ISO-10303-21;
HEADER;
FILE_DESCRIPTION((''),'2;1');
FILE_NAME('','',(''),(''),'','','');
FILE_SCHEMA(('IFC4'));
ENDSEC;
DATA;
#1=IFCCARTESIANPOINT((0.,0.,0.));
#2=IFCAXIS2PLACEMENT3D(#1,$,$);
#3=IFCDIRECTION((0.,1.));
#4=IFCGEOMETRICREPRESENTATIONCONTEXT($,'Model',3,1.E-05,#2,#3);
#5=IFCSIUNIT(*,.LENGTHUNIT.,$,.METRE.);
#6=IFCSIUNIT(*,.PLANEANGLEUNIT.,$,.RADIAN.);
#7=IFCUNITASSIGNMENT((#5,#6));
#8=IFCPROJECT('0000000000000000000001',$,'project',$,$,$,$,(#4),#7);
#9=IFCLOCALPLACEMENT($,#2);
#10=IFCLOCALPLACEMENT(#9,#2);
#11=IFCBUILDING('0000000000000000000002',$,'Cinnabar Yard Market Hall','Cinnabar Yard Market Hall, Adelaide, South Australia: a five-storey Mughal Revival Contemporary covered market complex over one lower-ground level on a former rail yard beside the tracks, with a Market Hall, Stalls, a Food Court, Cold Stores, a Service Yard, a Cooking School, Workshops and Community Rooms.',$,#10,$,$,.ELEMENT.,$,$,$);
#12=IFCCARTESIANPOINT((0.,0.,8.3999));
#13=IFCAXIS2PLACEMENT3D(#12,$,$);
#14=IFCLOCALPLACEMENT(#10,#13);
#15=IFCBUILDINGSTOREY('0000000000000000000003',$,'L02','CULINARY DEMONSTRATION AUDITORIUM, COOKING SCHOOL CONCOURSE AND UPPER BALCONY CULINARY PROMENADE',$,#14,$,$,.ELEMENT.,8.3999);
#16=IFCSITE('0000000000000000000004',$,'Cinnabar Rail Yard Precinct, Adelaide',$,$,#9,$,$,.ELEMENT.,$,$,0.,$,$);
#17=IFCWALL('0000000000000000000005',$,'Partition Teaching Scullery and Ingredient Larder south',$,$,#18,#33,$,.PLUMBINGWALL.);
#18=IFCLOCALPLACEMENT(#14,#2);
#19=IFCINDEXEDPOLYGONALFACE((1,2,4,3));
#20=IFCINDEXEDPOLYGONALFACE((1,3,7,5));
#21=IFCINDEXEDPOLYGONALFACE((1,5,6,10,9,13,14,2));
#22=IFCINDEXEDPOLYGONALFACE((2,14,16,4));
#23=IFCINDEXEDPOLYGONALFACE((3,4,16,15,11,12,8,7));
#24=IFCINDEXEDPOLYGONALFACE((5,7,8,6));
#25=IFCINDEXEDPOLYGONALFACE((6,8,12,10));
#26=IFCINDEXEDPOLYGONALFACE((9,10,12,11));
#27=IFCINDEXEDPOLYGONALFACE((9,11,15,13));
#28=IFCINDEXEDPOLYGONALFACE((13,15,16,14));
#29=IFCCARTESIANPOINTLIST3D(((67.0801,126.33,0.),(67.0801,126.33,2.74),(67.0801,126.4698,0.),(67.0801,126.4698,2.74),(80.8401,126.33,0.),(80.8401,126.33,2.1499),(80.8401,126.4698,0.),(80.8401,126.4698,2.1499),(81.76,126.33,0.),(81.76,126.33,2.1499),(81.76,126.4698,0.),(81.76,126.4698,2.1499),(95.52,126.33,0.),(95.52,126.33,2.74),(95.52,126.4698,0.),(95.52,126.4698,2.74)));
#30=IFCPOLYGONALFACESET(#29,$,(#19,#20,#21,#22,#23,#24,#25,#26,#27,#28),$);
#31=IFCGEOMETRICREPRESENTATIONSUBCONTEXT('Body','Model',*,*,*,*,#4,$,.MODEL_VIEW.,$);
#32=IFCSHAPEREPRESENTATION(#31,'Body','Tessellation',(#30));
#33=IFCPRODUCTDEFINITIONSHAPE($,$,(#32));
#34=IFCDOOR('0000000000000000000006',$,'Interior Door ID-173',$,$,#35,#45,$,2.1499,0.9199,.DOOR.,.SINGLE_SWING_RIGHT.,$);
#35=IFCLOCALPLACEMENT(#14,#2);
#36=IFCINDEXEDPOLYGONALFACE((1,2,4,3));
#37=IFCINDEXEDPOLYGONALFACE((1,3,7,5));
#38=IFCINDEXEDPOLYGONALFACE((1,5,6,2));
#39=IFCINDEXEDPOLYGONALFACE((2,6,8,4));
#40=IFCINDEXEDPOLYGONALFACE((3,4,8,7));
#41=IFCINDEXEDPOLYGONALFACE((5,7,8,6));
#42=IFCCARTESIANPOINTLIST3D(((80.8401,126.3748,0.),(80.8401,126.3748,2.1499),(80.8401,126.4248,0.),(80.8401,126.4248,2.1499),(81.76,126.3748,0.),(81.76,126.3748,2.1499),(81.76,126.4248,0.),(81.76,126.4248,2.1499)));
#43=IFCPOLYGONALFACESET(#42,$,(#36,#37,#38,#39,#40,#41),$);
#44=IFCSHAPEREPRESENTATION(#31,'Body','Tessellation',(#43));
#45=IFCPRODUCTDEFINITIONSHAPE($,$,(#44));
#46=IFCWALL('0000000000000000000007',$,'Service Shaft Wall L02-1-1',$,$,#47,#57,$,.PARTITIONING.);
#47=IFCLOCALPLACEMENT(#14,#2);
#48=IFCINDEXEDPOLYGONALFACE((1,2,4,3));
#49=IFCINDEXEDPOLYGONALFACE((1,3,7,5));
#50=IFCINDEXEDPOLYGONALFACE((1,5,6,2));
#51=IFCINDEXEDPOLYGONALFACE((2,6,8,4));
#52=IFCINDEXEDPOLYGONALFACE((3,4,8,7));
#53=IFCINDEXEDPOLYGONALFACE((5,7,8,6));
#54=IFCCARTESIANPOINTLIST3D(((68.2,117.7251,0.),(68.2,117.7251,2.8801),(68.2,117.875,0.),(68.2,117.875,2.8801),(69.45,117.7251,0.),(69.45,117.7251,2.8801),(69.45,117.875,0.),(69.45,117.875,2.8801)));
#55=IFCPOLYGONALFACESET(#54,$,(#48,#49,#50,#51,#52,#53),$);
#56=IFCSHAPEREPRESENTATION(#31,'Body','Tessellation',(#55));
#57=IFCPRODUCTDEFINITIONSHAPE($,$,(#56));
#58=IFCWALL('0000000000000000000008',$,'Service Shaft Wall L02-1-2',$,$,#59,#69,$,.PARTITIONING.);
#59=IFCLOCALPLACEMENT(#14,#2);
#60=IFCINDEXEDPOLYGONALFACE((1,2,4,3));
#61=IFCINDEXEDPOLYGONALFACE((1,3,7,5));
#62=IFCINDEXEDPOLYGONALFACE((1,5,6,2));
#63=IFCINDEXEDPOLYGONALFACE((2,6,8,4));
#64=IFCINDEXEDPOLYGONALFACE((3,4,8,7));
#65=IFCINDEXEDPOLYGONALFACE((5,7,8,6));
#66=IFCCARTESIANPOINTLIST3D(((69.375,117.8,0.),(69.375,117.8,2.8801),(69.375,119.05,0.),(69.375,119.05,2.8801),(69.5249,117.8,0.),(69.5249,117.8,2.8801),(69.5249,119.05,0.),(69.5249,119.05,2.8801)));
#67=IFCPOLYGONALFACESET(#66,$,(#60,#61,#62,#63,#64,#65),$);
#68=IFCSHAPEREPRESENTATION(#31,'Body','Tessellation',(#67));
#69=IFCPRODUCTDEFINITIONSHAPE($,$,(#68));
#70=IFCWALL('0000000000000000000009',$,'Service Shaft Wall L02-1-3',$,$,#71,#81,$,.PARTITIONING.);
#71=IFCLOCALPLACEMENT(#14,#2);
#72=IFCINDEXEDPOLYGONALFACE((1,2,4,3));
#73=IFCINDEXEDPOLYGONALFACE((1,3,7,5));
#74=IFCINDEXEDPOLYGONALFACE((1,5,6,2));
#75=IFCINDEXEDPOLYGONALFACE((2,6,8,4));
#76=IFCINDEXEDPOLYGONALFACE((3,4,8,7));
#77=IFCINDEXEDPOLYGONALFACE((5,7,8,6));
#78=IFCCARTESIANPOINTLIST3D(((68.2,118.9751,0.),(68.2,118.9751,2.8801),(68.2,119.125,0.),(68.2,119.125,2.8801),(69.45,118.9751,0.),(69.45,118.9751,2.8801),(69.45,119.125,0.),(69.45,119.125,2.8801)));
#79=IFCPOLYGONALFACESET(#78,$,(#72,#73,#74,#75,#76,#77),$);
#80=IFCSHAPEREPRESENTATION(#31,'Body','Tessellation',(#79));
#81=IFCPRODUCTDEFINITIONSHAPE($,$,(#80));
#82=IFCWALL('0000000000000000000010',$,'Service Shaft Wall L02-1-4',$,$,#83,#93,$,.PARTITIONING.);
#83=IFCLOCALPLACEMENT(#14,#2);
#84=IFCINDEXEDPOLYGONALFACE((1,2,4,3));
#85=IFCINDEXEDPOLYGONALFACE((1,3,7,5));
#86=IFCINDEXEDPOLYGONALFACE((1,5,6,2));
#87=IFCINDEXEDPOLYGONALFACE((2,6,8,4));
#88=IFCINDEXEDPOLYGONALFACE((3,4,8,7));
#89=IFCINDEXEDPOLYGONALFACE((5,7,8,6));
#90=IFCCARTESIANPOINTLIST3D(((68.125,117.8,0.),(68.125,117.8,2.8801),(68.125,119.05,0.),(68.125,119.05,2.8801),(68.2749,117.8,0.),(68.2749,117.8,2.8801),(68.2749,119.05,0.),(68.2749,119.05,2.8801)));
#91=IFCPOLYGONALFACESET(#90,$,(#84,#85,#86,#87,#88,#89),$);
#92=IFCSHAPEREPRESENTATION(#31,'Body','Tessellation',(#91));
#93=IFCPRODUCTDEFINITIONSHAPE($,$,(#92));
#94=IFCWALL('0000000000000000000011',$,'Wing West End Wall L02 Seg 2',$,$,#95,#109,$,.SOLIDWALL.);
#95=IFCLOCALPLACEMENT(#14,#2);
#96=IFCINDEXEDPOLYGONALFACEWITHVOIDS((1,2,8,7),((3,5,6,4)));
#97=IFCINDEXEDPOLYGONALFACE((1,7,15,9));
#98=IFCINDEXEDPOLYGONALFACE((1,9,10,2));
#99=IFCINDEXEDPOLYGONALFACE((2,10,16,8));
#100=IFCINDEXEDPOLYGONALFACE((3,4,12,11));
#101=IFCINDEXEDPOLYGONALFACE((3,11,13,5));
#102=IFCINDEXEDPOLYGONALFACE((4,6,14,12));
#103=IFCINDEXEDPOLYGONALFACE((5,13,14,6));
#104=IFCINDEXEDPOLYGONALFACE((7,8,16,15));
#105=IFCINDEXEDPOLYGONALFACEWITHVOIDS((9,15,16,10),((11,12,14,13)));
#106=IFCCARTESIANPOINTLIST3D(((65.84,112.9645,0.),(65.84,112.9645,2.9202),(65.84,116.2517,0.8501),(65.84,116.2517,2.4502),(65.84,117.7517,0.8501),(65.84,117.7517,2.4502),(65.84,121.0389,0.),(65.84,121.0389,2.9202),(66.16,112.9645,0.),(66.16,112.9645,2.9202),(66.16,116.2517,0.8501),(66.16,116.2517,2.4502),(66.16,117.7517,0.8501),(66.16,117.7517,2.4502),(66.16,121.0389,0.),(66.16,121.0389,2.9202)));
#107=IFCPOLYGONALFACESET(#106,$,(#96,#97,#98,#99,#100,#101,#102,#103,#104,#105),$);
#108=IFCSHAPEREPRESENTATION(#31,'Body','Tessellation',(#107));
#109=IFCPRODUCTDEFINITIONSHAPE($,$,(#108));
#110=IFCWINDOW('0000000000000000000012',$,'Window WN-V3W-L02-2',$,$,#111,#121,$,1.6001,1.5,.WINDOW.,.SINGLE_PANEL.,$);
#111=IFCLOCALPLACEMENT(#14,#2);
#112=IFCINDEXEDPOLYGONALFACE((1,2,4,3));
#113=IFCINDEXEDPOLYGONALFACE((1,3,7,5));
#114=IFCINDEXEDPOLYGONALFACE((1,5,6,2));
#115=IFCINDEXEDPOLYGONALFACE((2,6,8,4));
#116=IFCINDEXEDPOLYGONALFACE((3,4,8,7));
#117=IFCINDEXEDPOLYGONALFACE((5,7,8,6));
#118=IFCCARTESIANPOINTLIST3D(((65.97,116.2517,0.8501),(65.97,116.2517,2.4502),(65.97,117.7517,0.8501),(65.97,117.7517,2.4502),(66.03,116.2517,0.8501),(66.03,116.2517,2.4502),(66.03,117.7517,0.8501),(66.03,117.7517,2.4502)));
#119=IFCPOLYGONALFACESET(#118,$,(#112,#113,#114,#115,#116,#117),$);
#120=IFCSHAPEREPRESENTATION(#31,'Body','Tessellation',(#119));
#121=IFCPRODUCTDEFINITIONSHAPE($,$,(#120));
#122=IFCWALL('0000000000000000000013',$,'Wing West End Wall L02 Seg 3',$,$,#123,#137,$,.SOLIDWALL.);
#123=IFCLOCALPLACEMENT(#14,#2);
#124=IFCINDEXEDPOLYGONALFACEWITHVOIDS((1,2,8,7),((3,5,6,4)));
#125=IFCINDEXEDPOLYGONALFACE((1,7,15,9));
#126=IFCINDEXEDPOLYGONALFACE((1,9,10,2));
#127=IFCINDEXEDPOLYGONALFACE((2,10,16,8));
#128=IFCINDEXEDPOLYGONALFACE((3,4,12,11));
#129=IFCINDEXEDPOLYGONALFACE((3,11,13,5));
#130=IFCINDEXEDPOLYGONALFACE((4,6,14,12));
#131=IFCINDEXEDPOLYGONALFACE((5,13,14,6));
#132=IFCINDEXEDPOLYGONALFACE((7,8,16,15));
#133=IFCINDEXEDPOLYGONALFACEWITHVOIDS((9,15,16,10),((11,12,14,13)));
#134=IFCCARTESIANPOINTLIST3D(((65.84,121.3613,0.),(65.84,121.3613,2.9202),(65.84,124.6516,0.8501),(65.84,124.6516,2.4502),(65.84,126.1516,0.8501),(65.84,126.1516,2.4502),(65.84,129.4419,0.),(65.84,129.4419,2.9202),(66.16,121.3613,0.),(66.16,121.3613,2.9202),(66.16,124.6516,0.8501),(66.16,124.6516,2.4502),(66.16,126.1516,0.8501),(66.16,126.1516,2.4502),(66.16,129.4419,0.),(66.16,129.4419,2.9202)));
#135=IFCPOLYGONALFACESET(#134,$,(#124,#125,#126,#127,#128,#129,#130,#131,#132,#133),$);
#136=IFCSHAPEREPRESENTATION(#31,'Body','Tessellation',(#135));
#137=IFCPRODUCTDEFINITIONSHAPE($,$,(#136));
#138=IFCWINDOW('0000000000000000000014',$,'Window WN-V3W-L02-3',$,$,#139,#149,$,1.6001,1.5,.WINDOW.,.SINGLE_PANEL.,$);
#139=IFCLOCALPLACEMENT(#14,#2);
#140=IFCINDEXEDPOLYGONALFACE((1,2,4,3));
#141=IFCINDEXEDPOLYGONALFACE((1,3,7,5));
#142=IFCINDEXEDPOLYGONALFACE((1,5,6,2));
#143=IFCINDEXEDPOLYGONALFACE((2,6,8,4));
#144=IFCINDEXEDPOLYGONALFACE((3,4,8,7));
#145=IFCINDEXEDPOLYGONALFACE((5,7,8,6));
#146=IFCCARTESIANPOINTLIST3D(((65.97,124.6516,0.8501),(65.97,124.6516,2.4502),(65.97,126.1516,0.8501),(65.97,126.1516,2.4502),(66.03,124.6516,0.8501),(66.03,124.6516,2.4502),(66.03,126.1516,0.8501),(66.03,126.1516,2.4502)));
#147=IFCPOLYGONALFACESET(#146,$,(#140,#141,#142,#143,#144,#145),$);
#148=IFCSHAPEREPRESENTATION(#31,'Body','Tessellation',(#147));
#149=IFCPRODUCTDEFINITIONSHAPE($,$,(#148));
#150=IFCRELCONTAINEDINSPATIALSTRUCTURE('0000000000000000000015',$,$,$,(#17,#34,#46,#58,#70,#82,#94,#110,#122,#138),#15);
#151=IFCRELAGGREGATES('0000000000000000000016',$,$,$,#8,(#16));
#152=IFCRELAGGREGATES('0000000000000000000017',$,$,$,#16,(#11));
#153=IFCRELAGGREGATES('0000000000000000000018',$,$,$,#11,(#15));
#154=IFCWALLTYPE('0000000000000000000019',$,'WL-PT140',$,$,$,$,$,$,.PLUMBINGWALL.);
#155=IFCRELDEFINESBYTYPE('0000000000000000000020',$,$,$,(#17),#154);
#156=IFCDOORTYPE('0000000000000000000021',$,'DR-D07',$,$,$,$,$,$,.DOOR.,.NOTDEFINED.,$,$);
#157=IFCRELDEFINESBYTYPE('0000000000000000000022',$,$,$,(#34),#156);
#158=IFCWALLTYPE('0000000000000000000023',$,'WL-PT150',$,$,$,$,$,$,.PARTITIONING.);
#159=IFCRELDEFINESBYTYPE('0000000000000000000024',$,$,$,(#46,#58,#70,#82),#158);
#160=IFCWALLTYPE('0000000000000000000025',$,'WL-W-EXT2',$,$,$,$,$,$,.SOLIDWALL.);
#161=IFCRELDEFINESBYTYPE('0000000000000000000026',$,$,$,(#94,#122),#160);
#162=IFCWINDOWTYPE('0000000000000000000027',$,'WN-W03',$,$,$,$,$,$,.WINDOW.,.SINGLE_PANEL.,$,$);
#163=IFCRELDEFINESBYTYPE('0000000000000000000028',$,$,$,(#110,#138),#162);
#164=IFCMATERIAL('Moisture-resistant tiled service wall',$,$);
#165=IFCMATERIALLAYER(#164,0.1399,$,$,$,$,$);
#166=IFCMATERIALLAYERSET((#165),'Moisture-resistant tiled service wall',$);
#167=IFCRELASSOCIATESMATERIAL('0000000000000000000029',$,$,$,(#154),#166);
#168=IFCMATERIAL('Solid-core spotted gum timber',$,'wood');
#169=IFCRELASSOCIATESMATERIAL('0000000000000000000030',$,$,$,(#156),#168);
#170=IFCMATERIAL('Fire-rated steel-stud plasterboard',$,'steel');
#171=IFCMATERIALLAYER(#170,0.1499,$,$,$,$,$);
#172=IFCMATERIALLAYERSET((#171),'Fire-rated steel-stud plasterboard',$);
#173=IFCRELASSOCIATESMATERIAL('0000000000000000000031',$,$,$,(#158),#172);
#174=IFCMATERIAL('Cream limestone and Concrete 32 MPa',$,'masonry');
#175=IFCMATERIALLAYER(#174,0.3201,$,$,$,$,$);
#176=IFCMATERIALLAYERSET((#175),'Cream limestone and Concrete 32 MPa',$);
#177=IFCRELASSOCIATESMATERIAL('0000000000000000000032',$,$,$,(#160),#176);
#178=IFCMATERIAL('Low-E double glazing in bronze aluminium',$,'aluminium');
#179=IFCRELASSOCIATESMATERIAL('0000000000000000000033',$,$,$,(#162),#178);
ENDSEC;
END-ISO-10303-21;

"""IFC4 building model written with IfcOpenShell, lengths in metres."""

from ifc_helpers import new_model, si_unit, direction, frame, frame_2d, origin, place, context, subcontext, project, spatial, rectangle, extrude, material, layer, layer_set, type_object, element, fill, save


model = new_model("IFC4")

# Units and contexts
model_context = context("Model", 3, precision=1e-05, world=origin(), true_north=direction((0.0, 1.0)))
body_context = subcontext(model_context, "Body", "Model", "MODEL_VIEW")
ifc_project = project(units=[si_unit("LENGTHUNIT", "METRE"), si_unit("PLANEANGLEUNIT", "RADIAN")], contexts=[model_context])

# Site, building, storey
site_placement = place(None, origin())
site = spatial("IfcSite", under=ifc_project, at=site_placement, Name="Cinnabar Rail Yard Precinct, Adelaide", CompositionType="ELEMENT", RefElevation=0.0)
building_placement = place(site_placement, origin())
building = spatial("IfcBuilding", under=site, at=building_placement, Name="Cinnabar Yard Market Hall", Description="Cinnabar Yard Market Hall, Adelaide, South Australia: a five-storey Mughal Revival Contemporary covered market complex over one lower-ground level on a former rail yard beside the tracks, with a Market Hall, Stalls, a Food Court, Cold Stores, a Service Yard, a Cooking School, Workshops and Community Rooms.", CompositionType="ELEMENT")
storey_placement = place(building_placement, frame((0.0, 0.0, 8.3999)))
storey = spatial("IfcBuildingStorey", under=building, at=storey_placement, Name="L02", Description="CULINARY DEMONSTRATION AUDITORIUM, COOKING SCHOOL CONCOURSE AND UPPER BALCONY CULINARY PROMENADE", CompositionType="ELEMENT", Elevation=8.3999)

# Wall, opening, door
ifc_material_1 = material(Name="Moisture-resistant tiled service wall")
ifc_layer_1 = layer(ifc_material_1, 0.1399)
ifc_layer_set_1 = layer_set([ifc_layer_1], Name="Moisture-resistant tiled service wall")
wall_type_1 = type_object("IfcWallType", Name="WL-PT140", PredefinedType="PLUMBINGWALL", material=ifc_layer_set_1)
wall_1_placement = place(storey_placement, frame((67.0801, 126.3999, 0.0), z_axis=(0.0, 0.0, 1.0), x_axis=(1.0, 0.0, 0.0)))
wall_1 = element("IfcWall", 1, at=wall_1_placement, inside=storey, type_object=wall_type_1, Name="Partition Teaching Scullery and Ingredient Larder south", PredefinedType="PLUMBINGWALL", context=body_context, shape_type="SweptSolid", body=[
    extrude(rectangle(XDim=28.4399, YDim=0.1399, at=frame_2d((14.22, 0.0), x_axis=(1.0, 0.0))), origin(), (0.0, 0.0, 1.0), 2.74),
])
opening_1_placement = place(wall_1_placement, frame((13.76, 0.0, 0.0)))
opening_1 = element("IfcOpeningElement", 2, at=opening_1_placement, cuts=wall_1, PredefinedType="OPENING", context=body_context, shape_type="SweptSolid", body=[
    extrude(rectangle(XDim=0.9199, YDim=2.1499, at=frame_2d((0.46, 1.075), x_axis=(1.0, 0.0))), frame((0.0, 0.0798, 0.0), z_axis=(0.0, -1.0, 0.0), x_axis=(1.0, 0.0, 0.0)), (0.0, 0.0, 1.0), 0.1599),
])
ifc_material_2 = material(Name="Solid-core spotted gum timber", Category="wood")
door_type = type_object("IfcDoorType", Name="DR-D07", OperationType="NOTDEFINED", PredefinedType="DOOR", material=ifc_material_2)
door_placement = place(opening_1_placement, origin())
door = element("IfcDoor", 3, at=door_placement, inside=storey, type_object=door_type, Name="Interior Door ID-173", OperationType="SINGLE_SWING_RIGHT", OverallHeight=2.1499, OverallWidth=0.9199, PredefinedType="DOOR", context=body_context, shape_type="SweptSolid", body=[
    extrude(rectangle(XDim=0.9199, YDim=2.1499, at=frame_2d((0.46, 1.075), x_axis=(1.0, 0.0))), frame((0.0, 0.0249, 0.0), z_axis=(0.0, -1.0, 0.0), x_axis=(1.0, 0.0, 0.0)), (0.0, 0.0, 1.0), 0.05),
])
fill(opening_1, door)

# Walls
ifc_material_3 = material(Name="Fire-rated steel-stud plasterboard", Category="steel")
ifc_layer_2 = layer(ifc_material_3, 0.1499)
ifc_layer_set_2 = layer_set([ifc_layer_2], Name="Fire-rated steel-stud plasterboard")
wall_type_2 = type_object("IfcWallType", Name="WL-PT150", PredefinedType="PARTITIONING", material=ifc_layer_set_2)
for number, where, z_axis, x_axis, name in (
    (4, (68.2, 117.8, 0.0), (0.0, 0.0, 1.0), (1.0, 0.0, 0.0), "Service Shaft Wall L02-1-1"),
    (5, (69.45, 117.8, 0.0), (0.0, 0.0, 1.0), (0.0, 1.0, 0.0), "Service Shaft Wall L02-1-2"),
    (6, (69.45, 119.05, 0.0), (0.0, 0.0, 1.0), (-1.0, 0.0, 0.0), "Service Shaft Wall L02-1-3"),
    (7, (68.2, 119.05, 0.0), (0.0, 0.0, 1.0), (0.0, -1.0, 0.0), "Service Shaft Wall L02-1-4"),
):
    element("IfcWall", number, at=place(storey_placement, frame(where, z_axis=z_axis, x_axis=x_axis)), inside=storey, type_object=wall_type_2, Name=name, PredefinedType="PARTITIONING", context=body_context, shape_type="SweptSolid", body=[
        extrude(rectangle(XDim=1.25, YDim=0.1499, at=frame_2d((0.625, 0.0), x_axis=(1.0, 0.0))), origin(), (0.0, 0.0, 1.0), 2.8801),
    ])

# Walls, openings, windows
ifc_material_4 = material(Name="Cream limestone and Concrete 32 MPa", Category="masonry")
ifc_layer_3 = layer(ifc_material_4, 0.3201)
ifc_layer_set_3 = layer_set([ifc_layer_3], Name="Cream limestone and Concrete 32 MPa")
wall_type_3 = type_object("IfcWallType", Name="WL-W-EXT2", PredefinedType="SOLIDWALL", material=ifc_layer_set_3)
wall_2_placement = place(storey_placement, frame((66.0, 121.0388, 0.0), z_axis=(0.0, 0.0, 1.0), x_axis=(0.0, -1.0, 0.0)))
wall_2 = element("IfcWall", 8, at=wall_2_placement, inside=storey, type_object=wall_type_3, Name="Wing West End Wall L02 Seg 2", PredefinedType="SOLIDWALL", context=body_context, shape_type="SweptSolid", body=[
    extrude(rectangle(XDim=8.0745, YDim=0.3201, at=frame_2d((4.0371, 0.0), x_axis=(1.0, 0.0))), origin(), (0.0, 0.0, 1.0), 2.9202),
])
opening_2_placement = place(wall_2_placement, frame((3.2871, 0.0, 0.8501)))
opening_2 = element("IfcOpeningElement", 9, at=opening_2_placement, cuts=wall_2, PredefinedType="OPENING", context=body_context, shape_type="SweptSolid", body=[
    extrude(rectangle(XDim=1.5, YDim=1.6001, at=frame_2d((0.75, 0.8), x_axis=(1.0, 0.0))), frame((0.0, 0.1699, 0.0), z_axis=(0.0, -1.0, 0.0), x_axis=(1.0, 0.0, 0.0)), (0.0, 0.0, 1.0), 0.3401),
])
ifc_material_5 = material(Name="Low-E double glazing in bronze aluminium", Category="aluminium")
window_type = type_object("IfcWindowType", Name="WN-W03", PartitioningType="SINGLE_PANEL", PredefinedType="WINDOW", material=ifc_material_5)
window_1_placement = place(opening_2_placement, origin())
window_1 = element("IfcWindow", 10, at=window_1_placement, inside=storey, type_object=window_type, Name="Window WN-V3W-L02-2", OverallHeight=1.6001, OverallWidth=1.5, PartitioningType="SINGLE_PANEL", PredefinedType="WINDOW", context=body_context, shape_type="SweptSolid", body=[
    extrude(rectangle(XDim=1.5, YDim=1.6001, at=frame_2d((0.75, 0.8), x_axis=(1.0, 0.0))), frame((0.0, 0.03, 0.0), z_axis=(0.0, -1.0, 0.0), x_axis=(1.0, 0.0, 0.0)), (0.0, 0.0, 1.0), 0.0601),
])
fill(opening_2, window_1)
wall_3_placement = place(storey_placement, frame((66.0, 129.4419, 0.0), z_axis=(0.0, 0.0, 1.0), x_axis=(0.0, -1.0, 0.0)))
wall_3 = element("IfcWall", 11, at=wall_3_placement, inside=storey, type_object=wall_type_3, Name="Wing West End Wall L02 Seg 3", PredefinedType="SOLIDWALL", context=body_context, shape_type="SweptSolid", body=[
    extrude(rectangle(XDim=8.0806, YDim=0.3201, at=frame_2d((4.0403, 0.0), x_axis=(1.0, 0.0))), origin(), (0.0, 0.0, 1.0), 2.9202),
])
opening_3_placement = place(wall_3_placement, frame((3.2903, 0.0, 0.8501)))
opening_3 = element("IfcOpeningElement", 12, at=opening_3_placement, cuts=wall_3, PredefinedType="OPENING", context=body_context, shape_type="SweptSolid", body=[
    extrude(rectangle(XDim=1.5, YDim=1.6001, at=frame_2d((0.75, 0.8), x_axis=(1.0, 0.0))), frame((0.0, 0.1699, 0.0), z_axis=(0.0, -1.0, 0.0), x_axis=(1.0, 0.0, 0.0)), (0.0, 0.0, 1.0), 0.3401),
])
window_2_placement = place(opening_3_placement, origin())
window_2 = element("IfcWindow", 13, at=window_2_placement, inside=storey, type_object=window_type, Name="Window WN-V3W-L02-3", OverallHeight=1.6001, OverallWidth=1.5, PartitioningType="SINGLE_PANEL", PredefinedType="WINDOW", context=body_context, shape_type="SweptSolid", body=[
    extrude(rectangle(XDim=1.5, YDim=1.6001, at=frame_2d((0.75, 0.8), x_axis=(1.0, 0.0))), frame((0.0, 0.03, 0.0), z_axis=(0.0, -1.0, 0.0), x_axis=(1.0, 0.0, 0.0)), (0.0, 0.0, 1.0), 0.0601),
])
fill(opening_3, window_2)

save(model, "model.ifc")
